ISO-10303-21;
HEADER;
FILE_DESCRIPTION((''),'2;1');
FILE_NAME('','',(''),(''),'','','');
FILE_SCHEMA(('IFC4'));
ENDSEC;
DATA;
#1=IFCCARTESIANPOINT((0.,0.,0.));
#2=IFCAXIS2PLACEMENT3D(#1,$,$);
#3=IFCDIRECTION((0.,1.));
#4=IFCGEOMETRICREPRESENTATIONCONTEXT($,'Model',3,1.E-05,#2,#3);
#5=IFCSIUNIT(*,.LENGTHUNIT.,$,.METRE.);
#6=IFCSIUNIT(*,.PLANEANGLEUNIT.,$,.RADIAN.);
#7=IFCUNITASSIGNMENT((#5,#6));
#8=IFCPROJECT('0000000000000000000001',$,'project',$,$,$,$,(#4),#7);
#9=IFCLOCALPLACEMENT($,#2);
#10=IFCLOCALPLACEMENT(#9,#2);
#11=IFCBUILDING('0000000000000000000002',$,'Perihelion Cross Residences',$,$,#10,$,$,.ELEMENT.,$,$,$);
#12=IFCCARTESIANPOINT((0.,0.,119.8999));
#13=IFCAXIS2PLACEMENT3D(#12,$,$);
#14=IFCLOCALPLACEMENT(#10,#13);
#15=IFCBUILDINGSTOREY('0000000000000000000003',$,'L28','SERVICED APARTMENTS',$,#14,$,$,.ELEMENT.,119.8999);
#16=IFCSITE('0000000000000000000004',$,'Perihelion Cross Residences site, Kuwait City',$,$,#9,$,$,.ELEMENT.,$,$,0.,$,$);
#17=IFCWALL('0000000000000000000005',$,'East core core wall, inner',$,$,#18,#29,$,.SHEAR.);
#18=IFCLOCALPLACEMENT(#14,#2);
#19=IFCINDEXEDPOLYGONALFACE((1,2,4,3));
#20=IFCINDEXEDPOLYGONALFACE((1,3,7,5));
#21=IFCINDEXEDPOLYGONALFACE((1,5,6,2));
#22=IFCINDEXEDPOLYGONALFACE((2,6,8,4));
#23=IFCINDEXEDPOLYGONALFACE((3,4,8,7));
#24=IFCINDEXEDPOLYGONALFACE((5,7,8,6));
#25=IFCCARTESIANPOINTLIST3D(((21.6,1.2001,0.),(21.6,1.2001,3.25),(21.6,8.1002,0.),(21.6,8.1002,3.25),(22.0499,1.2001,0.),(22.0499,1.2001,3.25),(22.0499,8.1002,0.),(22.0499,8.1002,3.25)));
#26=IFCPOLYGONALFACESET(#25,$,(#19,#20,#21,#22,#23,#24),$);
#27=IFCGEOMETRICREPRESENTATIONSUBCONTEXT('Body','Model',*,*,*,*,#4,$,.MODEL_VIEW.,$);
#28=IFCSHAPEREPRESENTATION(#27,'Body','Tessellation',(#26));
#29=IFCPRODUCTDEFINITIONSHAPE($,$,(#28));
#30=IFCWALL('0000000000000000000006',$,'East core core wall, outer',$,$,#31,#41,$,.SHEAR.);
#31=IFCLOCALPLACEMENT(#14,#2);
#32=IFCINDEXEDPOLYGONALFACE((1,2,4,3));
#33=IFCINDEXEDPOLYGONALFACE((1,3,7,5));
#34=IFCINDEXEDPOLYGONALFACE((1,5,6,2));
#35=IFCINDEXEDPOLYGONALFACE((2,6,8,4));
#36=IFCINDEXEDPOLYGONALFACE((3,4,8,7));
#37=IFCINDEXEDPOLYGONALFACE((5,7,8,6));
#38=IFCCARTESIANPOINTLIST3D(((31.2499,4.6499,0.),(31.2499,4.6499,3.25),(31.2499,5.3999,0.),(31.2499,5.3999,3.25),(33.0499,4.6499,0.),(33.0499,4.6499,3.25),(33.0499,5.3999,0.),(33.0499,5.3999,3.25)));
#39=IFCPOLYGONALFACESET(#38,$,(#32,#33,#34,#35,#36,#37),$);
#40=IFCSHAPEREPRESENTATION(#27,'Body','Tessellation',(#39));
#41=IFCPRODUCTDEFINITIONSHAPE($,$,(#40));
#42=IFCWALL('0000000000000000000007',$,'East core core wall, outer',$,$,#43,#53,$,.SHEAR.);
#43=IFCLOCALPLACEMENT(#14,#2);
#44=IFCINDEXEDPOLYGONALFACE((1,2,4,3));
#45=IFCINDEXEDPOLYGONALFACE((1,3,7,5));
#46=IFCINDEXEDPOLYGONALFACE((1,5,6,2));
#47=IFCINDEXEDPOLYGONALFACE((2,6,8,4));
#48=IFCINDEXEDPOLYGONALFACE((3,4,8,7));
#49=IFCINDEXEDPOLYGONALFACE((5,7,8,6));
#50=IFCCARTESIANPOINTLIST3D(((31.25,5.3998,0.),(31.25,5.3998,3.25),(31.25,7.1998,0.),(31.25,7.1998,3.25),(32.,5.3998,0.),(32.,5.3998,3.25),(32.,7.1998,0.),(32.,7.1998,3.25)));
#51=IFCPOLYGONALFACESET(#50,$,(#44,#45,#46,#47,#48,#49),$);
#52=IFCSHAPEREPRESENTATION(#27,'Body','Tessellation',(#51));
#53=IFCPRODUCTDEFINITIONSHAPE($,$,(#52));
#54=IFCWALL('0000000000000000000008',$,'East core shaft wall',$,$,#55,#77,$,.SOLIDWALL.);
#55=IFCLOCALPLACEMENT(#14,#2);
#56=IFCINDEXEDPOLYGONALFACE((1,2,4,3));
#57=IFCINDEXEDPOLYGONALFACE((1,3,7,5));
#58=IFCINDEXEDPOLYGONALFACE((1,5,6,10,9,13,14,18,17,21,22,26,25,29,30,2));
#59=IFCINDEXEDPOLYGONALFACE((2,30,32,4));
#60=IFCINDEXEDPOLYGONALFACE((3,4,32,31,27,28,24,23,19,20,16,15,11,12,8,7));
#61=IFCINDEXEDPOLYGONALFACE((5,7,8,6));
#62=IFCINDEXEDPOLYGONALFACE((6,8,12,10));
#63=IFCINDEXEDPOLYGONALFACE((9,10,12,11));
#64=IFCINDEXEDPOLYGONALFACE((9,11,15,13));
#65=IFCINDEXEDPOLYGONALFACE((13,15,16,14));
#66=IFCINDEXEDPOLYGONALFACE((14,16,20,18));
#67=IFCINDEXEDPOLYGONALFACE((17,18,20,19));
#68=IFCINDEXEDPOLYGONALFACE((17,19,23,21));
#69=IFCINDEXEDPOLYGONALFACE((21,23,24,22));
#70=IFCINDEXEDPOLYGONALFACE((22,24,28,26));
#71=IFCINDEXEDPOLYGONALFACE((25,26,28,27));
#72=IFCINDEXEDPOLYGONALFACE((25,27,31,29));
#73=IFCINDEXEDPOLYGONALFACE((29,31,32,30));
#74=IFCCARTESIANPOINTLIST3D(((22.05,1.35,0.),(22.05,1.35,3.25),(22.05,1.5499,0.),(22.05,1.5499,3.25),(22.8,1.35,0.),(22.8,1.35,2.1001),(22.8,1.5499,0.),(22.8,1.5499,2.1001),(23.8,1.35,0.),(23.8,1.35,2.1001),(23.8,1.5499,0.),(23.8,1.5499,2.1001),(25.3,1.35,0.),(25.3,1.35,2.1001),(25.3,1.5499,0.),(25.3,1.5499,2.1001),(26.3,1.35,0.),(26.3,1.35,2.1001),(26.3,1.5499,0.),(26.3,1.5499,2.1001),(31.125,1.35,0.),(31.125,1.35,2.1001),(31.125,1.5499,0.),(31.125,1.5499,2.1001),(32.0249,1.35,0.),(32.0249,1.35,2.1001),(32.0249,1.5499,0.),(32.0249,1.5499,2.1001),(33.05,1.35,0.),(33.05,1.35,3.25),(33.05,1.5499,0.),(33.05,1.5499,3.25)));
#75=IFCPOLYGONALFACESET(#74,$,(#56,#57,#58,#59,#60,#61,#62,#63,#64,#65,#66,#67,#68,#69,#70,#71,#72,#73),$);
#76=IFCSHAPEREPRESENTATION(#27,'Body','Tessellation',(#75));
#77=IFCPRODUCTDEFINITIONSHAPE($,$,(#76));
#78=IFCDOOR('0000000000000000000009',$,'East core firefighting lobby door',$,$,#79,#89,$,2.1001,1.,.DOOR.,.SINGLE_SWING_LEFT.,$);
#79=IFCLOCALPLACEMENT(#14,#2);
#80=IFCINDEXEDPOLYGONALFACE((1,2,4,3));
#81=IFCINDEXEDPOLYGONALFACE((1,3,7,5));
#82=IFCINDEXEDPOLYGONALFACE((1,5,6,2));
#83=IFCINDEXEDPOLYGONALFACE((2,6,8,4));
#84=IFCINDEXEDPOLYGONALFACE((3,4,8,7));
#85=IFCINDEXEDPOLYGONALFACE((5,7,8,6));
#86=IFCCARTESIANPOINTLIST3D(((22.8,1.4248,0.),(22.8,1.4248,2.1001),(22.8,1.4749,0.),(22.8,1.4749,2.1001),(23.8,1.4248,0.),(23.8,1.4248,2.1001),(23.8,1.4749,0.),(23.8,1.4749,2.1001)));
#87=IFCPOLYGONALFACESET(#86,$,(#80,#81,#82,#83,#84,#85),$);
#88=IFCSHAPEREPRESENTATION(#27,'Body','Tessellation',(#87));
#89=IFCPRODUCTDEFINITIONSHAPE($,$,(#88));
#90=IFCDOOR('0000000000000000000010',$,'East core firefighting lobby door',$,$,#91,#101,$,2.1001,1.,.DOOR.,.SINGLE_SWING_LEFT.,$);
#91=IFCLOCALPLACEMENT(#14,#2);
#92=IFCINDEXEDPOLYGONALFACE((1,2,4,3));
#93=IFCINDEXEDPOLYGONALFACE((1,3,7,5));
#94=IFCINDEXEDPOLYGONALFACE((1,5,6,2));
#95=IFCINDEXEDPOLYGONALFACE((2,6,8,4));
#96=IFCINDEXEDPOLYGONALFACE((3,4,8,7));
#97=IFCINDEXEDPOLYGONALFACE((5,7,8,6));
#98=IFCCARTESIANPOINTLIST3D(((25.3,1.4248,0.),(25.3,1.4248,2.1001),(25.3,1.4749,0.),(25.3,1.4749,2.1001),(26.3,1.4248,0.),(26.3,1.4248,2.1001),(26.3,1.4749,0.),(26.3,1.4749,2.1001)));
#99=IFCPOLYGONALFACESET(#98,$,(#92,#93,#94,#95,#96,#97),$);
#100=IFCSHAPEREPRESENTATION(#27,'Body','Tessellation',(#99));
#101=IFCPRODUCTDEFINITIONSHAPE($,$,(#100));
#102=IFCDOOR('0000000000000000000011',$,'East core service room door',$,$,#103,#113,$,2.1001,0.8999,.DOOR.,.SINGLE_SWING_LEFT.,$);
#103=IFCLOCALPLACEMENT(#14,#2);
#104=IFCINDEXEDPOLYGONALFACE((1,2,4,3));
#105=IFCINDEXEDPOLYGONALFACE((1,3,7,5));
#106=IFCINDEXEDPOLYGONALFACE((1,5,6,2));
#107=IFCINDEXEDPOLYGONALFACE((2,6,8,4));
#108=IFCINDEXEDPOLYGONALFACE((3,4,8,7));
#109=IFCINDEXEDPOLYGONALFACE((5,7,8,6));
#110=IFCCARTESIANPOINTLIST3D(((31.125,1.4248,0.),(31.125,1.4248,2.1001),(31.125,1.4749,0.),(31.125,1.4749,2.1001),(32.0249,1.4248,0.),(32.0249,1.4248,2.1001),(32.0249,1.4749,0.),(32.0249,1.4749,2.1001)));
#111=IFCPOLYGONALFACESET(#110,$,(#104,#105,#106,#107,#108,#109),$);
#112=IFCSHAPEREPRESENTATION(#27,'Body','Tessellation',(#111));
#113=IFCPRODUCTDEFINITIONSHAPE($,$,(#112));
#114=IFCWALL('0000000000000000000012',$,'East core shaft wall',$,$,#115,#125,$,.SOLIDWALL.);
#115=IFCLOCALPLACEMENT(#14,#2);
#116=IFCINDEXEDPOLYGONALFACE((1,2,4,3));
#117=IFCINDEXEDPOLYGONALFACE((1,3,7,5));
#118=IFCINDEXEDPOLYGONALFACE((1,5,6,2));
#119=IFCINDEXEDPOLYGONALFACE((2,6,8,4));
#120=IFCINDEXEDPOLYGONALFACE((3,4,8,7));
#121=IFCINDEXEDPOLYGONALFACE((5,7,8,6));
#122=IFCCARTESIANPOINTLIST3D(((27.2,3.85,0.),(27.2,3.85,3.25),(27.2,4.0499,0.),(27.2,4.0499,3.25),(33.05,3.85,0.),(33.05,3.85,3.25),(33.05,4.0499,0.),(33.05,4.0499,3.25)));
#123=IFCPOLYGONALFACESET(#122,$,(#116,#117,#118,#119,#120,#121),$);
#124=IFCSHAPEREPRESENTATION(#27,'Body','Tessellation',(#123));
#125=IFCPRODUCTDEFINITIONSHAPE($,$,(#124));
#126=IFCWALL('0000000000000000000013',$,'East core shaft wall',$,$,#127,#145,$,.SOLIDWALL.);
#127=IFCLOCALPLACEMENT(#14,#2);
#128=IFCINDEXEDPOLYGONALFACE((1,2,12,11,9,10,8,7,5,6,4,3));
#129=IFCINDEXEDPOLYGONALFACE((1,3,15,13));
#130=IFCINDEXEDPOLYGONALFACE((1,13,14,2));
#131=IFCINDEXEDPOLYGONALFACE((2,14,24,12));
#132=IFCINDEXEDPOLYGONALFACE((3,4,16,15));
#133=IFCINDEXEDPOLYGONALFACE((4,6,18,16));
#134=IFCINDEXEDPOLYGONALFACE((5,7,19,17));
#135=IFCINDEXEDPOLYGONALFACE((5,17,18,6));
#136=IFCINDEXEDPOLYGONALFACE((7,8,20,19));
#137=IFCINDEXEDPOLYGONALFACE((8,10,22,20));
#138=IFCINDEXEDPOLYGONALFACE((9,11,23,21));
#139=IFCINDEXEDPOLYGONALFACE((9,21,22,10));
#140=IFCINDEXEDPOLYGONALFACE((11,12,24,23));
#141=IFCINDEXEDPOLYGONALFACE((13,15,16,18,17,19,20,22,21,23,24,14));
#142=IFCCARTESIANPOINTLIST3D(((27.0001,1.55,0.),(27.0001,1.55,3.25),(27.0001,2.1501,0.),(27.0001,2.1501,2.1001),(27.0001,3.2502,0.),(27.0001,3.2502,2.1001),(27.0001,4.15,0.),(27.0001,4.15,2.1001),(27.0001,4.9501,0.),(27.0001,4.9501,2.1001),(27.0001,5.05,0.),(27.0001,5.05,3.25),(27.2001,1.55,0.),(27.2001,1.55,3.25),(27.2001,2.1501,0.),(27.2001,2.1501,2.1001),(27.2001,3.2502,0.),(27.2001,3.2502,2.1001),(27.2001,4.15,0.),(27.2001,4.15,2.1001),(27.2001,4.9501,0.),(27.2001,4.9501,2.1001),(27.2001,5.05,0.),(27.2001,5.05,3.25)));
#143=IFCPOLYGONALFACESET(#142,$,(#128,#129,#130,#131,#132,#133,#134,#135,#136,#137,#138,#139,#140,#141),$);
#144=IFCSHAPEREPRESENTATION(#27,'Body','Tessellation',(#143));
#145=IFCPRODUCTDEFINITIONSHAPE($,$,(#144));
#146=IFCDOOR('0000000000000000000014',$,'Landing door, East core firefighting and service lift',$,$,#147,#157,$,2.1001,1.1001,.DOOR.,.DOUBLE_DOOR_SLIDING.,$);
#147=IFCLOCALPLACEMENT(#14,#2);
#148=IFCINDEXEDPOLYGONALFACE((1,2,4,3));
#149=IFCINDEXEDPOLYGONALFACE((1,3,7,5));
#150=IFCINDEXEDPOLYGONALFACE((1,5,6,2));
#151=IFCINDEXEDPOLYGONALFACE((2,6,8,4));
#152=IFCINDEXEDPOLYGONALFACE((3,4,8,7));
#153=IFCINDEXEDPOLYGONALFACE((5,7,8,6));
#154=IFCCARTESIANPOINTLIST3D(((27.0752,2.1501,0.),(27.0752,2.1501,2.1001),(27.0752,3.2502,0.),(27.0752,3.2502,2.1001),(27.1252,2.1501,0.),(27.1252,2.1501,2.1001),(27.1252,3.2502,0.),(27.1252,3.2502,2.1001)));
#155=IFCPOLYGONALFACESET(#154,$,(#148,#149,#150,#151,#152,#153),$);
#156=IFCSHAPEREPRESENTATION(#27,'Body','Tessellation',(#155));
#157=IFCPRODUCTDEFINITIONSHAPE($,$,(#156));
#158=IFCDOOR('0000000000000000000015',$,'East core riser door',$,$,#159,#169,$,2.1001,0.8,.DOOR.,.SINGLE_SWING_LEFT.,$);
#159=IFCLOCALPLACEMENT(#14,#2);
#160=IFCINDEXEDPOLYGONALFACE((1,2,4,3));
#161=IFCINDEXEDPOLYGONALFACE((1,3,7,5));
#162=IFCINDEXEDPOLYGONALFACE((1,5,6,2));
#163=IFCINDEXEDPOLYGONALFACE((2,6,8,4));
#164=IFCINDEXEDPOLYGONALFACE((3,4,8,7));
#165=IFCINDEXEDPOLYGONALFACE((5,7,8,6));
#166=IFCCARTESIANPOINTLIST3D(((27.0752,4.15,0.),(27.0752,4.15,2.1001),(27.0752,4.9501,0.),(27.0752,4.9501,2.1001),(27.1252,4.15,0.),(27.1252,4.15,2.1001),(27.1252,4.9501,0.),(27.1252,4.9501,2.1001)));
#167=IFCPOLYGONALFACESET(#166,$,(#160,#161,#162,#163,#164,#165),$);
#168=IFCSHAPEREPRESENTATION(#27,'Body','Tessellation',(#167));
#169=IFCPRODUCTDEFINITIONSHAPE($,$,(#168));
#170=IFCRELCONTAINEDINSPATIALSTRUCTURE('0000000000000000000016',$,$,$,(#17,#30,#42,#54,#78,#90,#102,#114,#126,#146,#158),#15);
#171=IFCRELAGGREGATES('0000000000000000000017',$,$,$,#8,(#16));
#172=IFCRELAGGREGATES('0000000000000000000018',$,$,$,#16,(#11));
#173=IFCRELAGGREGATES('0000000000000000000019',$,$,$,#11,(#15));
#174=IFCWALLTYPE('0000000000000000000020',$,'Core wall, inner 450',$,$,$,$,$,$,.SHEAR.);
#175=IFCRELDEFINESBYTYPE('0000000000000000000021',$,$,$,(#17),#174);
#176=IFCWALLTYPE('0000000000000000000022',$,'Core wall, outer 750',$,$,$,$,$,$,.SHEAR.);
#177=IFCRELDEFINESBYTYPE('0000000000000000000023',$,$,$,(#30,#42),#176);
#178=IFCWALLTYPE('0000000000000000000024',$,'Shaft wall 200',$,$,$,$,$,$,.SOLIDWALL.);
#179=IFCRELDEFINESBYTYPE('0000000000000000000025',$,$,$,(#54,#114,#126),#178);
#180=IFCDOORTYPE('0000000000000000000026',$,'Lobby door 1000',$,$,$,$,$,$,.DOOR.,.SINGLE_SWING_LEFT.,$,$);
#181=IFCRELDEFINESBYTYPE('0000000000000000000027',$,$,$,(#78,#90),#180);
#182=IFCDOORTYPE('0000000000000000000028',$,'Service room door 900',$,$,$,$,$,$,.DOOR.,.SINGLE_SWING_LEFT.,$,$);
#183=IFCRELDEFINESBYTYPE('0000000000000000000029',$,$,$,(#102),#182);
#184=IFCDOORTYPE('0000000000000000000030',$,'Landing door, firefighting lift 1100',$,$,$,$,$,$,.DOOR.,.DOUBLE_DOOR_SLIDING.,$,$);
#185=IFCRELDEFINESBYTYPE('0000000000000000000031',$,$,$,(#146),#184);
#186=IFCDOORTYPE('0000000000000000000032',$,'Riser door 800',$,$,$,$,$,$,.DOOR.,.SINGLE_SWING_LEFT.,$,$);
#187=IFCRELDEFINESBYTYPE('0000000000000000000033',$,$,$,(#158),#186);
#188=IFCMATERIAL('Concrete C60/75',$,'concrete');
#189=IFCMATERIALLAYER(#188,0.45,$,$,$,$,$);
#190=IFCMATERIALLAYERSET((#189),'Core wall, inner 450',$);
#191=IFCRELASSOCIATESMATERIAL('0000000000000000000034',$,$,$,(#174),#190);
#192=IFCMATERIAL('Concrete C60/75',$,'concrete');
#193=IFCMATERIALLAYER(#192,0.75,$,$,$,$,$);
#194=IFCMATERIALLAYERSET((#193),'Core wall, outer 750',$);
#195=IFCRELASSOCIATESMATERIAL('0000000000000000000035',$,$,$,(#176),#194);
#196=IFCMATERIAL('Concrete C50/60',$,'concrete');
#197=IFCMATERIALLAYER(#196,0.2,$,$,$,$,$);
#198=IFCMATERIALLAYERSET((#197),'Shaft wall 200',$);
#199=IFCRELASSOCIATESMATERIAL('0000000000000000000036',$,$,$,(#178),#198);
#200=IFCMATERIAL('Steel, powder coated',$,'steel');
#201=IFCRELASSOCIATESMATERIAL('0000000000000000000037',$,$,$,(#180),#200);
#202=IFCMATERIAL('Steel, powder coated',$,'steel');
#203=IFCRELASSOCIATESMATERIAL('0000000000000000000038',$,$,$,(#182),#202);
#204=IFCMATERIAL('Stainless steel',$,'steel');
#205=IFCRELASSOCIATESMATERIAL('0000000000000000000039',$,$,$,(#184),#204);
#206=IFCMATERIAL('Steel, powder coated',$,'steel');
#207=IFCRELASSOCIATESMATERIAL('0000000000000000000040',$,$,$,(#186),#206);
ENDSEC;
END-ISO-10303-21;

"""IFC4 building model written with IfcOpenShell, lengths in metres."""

from ifc_helpers import new_model, si_unit, direction, frame, frame_2d, origin, place, context, subcontext, project, spatial, rectangle, extrude, material, layer, layer_set, type_object, element, fill, save


model = new_model("IFC4")

# Units and contexts
model_context = context("Model", 3, precision=1e-05, world=origin(), true_north=direction((0.0, 1.0)))
body_context = subcontext(model_context, "Body", "Model", "MODEL_VIEW")
ifc_project = project(units=[si_unit("LENGTHUNIT", "METRE"), si_unit("PLANEANGLEUNIT", "RADIAN")], contexts=[model_context])

# Site, building, storey
site_placement = place(None, origin())
site = spatial("IfcSite", under=ifc_project, at=site_placement, Name="Perihelion Cross Residences site, Kuwait City", CompositionType="ELEMENT", RefElevation=0.0)
building_placement = place(site_placement, origin())
building = spatial("IfcBuilding", under=site, at=building_placement, Name="Perihelion Cross Residences", CompositionType="ELEMENT")
storey_placement = place(building_placement, frame((0.0, 0.0, 119.8999)))
storey = spatial("IfcBuildingStorey", under=building, at=storey_placement, Name="L28", Description="SERVICED APARTMENTS", CompositionType="ELEMENT", Elevation=119.8999)

# Walls
ifc_material_1 = material(Name="Concrete C60/75", Category="concrete")
ifc_layer_1 = layer(ifc_material_1, 0.45)
ifc_layer_set_1 = layer_set([ifc_layer_1], Name="Core wall, inner 450")
wall_type_1 = type_object("IfcWallType", Name="Core wall, inner 450", PredefinedType="SHEAR", material=ifc_layer_set_1)
wall_1_placement = place(storey_placement, frame((21.825, 1.2, 0.0), z_axis=(0.0, 0.0, 1.0), x_axis=(0.0, 1.0, 0.0)))
element("IfcWall", 1, at=wall_1_placement, inside=storey, type_object=wall_type_1, Name="East core core wall, inner", PredefinedType="SHEAR", context=body_context, shape_type="SweptSolid", body=[
    extrude(rectangle(XDim=6.9001, YDim=0.45, at=frame_2d((3.4502, 0.0))), origin(), (0.0, 0.0, 1.0), 3.25),
])
ifc_material_2 = material(Name="Concrete C60/75", Category="concrete")
ifc_layer_2 = layer(ifc_material_2, 0.75)
ifc_layer_set_2 = layer_set([ifc_layer_2], Name="Core wall, outer 750")
wall_type_2 = type_object("IfcWallType", Name="Core wall, outer 750", PredefinedType="SHEAR", material=ifc_layer_set_2)
for number, where, z_axis, x_axis, name in (
    (2, (31.25, 5.0249, 0.0), (0.0, 0.0, 1.0), (1.0, 0.0, 0.0), "East core core wall, outer"),
    (3, (31.625, 5.3999, 0.0), (0.0, 0.0, 1.0), (0.0, 1.0, 0.0), "East core core wall, outer"),
):
    element("IfcWall", number, at=place(storey_placement, frame(where, z_axis=z_axis, x_axis=x_axis)), inside=storey, type_object=wall_type_2, Name=name, PredefinedType="SHEAR", context=body_context, shape_type="SweptSolid", body=[
        extrude(rectangle(XDim=1.8, YDim=0.75, at=frame_2d((0.8999, 0.0))), origin(), (0.0, 0.0, 1.0), 3.25),
    ])

# Wall, openings, doors
ifc_material_3 = material(Name="Concrete C50/60", Category="concrete")
ifc_layer_3 = layer(ifc_material_3, 0.2)
ifc_layer_set_3 = layer_set([ifc_layer_3], Name="Shaft wall 200")
wall_type_3 = type_object("IfcWallType", Name="Shaft wall 200", PredefinedType="SOLIDWALL", material=ifc_layer_set_3)
wall_2_placement = place(storey_placement, frame((22.05, 1.45, 0.0), z_axis=(0.0, 0.0, 1.0), x_axis=(1.0, 0.0, 0.0)))
wall_2 = element("IfcWall", 4, at=wall_2_placement, inside=storey, type_object=wall_type_3, Name="East core shaft wall", PredefinedType="SOLIDWALL", context=body_context, shape_type="SweptSolid", body=[
    extrude(rectangle(XDim=11.0, YDim=0.2, at=frame_2d((5.5, 0.0))), origin(), (0.0, 0.0, 1.0), 3.25),
])
opening_1_placement = place(wall_2_placement, frame((0.75, 0.0, 0.0)))
opening_1 = element("IfcOpeningElement", 5, at=opening_1_placement, cuts=wall_2, PredefinedType="OPENING", context=body_context, shape_type="SweptSolid", body=[
    extrude(rectangle(XDim=1.0, YDim=2.1001, at=frame_2d((0.5, 1.05))), frame((0.0, 0.1099, 0.0), z_axis=(0.0, -1.0, 0.0), x_axis=(1.0, 0.0, 0.0)), (0.0, 0.0, 1.0), 0.22),
])
opening_2_placement = place(wall_2_placement, frame((3.25, 0.0, 0.0)))
opening_2 = element("IfcOpeningElement", 6, at=opening_2_placement, cuts=wall_2, PredefinedType="OPENING", context=body_context, shape_type="SweptSolid", body=[
    extrude(rectangle(XDim=1.0, YDim=2.1001, at=frame_2d((0.5, 1.05))), frame((0.0, 0.1099, 0.0), z_axis=(0.0, -1.0, 0.0), x_axis=(1.0, 0.0, 0.0)), (0.0, 0.0, 1.0), 0.22),
])
opening_3_placement = place(wall_2_placement, frame((9.075, 0.0, 0.0)))
opening_3 = element("IfcOpeningElement", 7, at=opening_3_placement, cuts=wall_2, PredefinedType="OPENING", context=body_context, shape_type="SweptSolid", body=[
    extrude(rectangle(XDim=0.8999, YDim=2.1001, at=frame_2d((0.45, 1.05))), frame((0.0, 0.1099, 0.0), z_axis=(0.0, -1.0, 0.0), x_axis=(1.0, 0.0, 0.0)), (0.0, 0.0, 1.0), 0.22),
])
ifc_material_4 = material(Name="Steel, powder coated", Category="steel")
door_type_1 = type_object("IfcDoorType", Name="Lobby door 1000", OperationType="SINGLE_SWING_LEFT", PredefinedType="DOOR", material=ifc_material_4)
door_1_placement = place(opening_1_placement, origin())
door_1 = element("IfcDoor", 8, at=door_1_placement, inside=storey, type_object=door_type_1, Name="East core firefighting lobby door", OperationType="SINGLE_SWING_LEFT", OverallHeight=2.1001, OverallWidth=1.0, PredefinedType="DOOR", context=body_context, shape_type="SweptSolid", body=[
    extrude(rectangle(XDim=1.0, YDim=2.1001, at=frame_2d((0.5, 1.05))), frame((0.0, 0.0249, 0.0), z_axis=(0.0, -1.0, 0.0), x_axis=(1.0, 0.0, 0.0)), (0.0, 0.0, 1.0), 0.05),
])
fill(opening_1, door_1)
door_2_placement = place(opening_2_placement, origin())
door_2 = element("IfcDoor", 9, at=door_2_placement, inside=storey, type_object=door_type_1, Name="East core firefighting lobby door", OperationType="SINGLE_SWING_LEFT", OverallHeight=2.1001, OverallWidth=1.0, PredefinedType="DOOR", context=body_context, shape_type="SweptSolid", body=[
    extrude(rectangle(XDim=1.0, YDim=2.1001, at=frame_2d((0.5, 1.05))), frame((0.0, 0.0249, 0.0), z_axis=(0.0, -1.0, 0.0), x_axis=(1.0, 0.0, 0.0)), (0.0, 0.0, 1.0), 0.05),
])
fill(opening_2, door_2)
ifc_material_5 = material(Name="Steel, powder coated", Category="steel")
door_type_2 = type_object("IfcDoorType", Name="Service room door 900", OperationType="SINGLE_SWING_LEFT", PredefinedType="DOOR", material=ifc_material_5)
door_3_placement = place(opening_3_placement, origin())
door_3 = element("IfcDoor", 10, at=door_3_placement, inside=storey, type_object=door_type_2, Name="East core service room door", OperationType="SINGLE_SWING_LEFT", OverallHeight=2.1001, OverallWidth=0.8999, PredefinedType="DOOR", context=body_context, shape_type="SweptSolid", body=[
    extrude(rectangle(XDim=0.8999, YDim=2.1001, at=frame_2d((0.45, 1.05))), frame((0.0, 0.0249, 0.0), z_axis=(0.0, -1.0, 0.0), x_axis=(1.0, 0.0, 0.0)), (0.0, 0.0, 1.0), 0.05),
])
fill(opening_3, door_3)

# Wall
wall_3_placement = place(storey_placement, frame((27.2, 3.95, 0.0), z_axis=(0.0, 0.0, 1.0), x_axis=(1.0, 0.0, 0.0)))
element("IfcWall", 11, at=wall_3_placement, inside=storey, type_object=wall_type_3, Name="East core shaft wall", PredefinedType="SOLIDWALL", context=body_context, shape_type="SweptSolid", body=[
    extrude(rectangle(XDim=5.8501, YDim=0.2, at=frame_2d((2.925, 0.0))), origin(), (0.0, 0.0, 1.0), 3.25),
])

# Wall, openings, doors
wall_4_placement = place(storey_placement, frame((27.1001, 1.55, 0.0), z_axis=(0.0, 0.0, 1.0), x_axis=(0.0, 1.0, 0.0)))
wall_4 = element("IfcWall", 12, at=wall_4_placement, inside=storey, type_object=wall_type_3, Name="East core shaft wall", PredefinedType="SOLIDWALL", context=body_context, shape_type="SweptSolid", body=[
    extrude(rectangle(XDim=3.5, YDim=0.2, at=frame_2d((1.75, 0.0))), origin(), (0.0, 0.0, 1.0), 3.25),
])
opening_4_placement = place(wall_4_placement, frame((0.6001, 0.0, 0.0)))
opening_4 = element("IfcOpeningElement", 13, at=opening_4_placement, cuts=wall_4, PredefinedType="OPENING", context=body_context, shape_type="SweptSolid", body=[
    extrude(rectangle(XDim=1.1001, YDim=2.1001, at=frame_2d((0.55, 1.05))), frame((0.0, 0.1099, 0.0), z_axis=(0.0, -1.0, 0.0), x_axis=(1.0, 0.0, 0.0)), (0.0, 0.0, 1.0), 0.22),
])
opening_5_placement = place(wall_4_placement, frame((2.6001, 0.0, 0.0)))
opening_5 = element("IfcOpeningElement", 14, at=opening_5_placement, cuts=wall_4, PredefinedType="OPENING", context=body_context, shape_type="SweptSolid", body=[
    extrude(rectangle(XDim=0.8, YDim=2.1001, at=frame_2d((0.3999, 1.05))), frame((0.0, 0.1099, 0.0), z_axis=(0.0, -1.0, 0.0), x_axis=(1.0, 0.0, 0.0)), (0.0, 0.0, 1.0), 0.22),
])
ifc_material_6 = material(Name="Stainless steel", Category="steel")
door_type_3 = type_object("IfcDoorType", Name="Landing door, firefighting lift 1100", OperationType="DOUBLE_DOOR_SLIDING", PredefinedType="DOOR", material=ifc_material_6)
door_4_placement = place(opening_4_placement, origin())
door_4 = element("IfcDoor", 15, at=door_4_placement, inside=storey, type_object=door_type_3, Name="Landing door, East core firefighting and service lift", OperationType="DOUBLE_DOOR_SLIDING", OverallHeight=2.1001, OverallWidth=1.1001, PredefinedType="DOOR", context=body_context, shape_type="SweptSolid", body=[
    extrude(rectangle(XDim=1.1001, YDim=2.1001, at=frame_2d((0.55, 1.05))), frame((0.0, 0.0249, 0.0), z_axis=(0.0, -1.0, 0.0), x_axis=(1.0, 0.0, 0.0)), (0.0, 0.0, 1.0), 0.05),
])
fill(opening_4, door_4)
ifc_material_7 = material(Name="Steel, powder coated", Category="steel")
door_type_4 = type_object("IfcDoorType", Name="Riser door 800", OperationType="SINGLE_SWING_LEFT", PredefinedType="DOOR", material=ifc_material_7)
door_5_placement = place(opening_5_placement, origin())
door_5 = element("IfcDoor", 16, at=door_5_placement, inside=storey, type_object=door_type_4, Name="East core riser door", OperationType="SINGLE_SWING_LEFT", OverallHeight=2.1001, OverallWidth=0.8, PredefinedType="DOOR", context=body_context, shape_type="SweptSolid", body=[
    extrude(rectangle(XDim=0.8, YDim=2.1001, at=frame_2d((0.3999, 1.05))), frame((0.0, 0.0249, 0.0), z_axis=(0.0, -1.0, 0.0), x_axis=(1.0, 0.0, 0.0)), (0.0, 0.0, 1.0), 0.05),
])
fill(opening_5, door_5)

save(model, "model.ifc")
